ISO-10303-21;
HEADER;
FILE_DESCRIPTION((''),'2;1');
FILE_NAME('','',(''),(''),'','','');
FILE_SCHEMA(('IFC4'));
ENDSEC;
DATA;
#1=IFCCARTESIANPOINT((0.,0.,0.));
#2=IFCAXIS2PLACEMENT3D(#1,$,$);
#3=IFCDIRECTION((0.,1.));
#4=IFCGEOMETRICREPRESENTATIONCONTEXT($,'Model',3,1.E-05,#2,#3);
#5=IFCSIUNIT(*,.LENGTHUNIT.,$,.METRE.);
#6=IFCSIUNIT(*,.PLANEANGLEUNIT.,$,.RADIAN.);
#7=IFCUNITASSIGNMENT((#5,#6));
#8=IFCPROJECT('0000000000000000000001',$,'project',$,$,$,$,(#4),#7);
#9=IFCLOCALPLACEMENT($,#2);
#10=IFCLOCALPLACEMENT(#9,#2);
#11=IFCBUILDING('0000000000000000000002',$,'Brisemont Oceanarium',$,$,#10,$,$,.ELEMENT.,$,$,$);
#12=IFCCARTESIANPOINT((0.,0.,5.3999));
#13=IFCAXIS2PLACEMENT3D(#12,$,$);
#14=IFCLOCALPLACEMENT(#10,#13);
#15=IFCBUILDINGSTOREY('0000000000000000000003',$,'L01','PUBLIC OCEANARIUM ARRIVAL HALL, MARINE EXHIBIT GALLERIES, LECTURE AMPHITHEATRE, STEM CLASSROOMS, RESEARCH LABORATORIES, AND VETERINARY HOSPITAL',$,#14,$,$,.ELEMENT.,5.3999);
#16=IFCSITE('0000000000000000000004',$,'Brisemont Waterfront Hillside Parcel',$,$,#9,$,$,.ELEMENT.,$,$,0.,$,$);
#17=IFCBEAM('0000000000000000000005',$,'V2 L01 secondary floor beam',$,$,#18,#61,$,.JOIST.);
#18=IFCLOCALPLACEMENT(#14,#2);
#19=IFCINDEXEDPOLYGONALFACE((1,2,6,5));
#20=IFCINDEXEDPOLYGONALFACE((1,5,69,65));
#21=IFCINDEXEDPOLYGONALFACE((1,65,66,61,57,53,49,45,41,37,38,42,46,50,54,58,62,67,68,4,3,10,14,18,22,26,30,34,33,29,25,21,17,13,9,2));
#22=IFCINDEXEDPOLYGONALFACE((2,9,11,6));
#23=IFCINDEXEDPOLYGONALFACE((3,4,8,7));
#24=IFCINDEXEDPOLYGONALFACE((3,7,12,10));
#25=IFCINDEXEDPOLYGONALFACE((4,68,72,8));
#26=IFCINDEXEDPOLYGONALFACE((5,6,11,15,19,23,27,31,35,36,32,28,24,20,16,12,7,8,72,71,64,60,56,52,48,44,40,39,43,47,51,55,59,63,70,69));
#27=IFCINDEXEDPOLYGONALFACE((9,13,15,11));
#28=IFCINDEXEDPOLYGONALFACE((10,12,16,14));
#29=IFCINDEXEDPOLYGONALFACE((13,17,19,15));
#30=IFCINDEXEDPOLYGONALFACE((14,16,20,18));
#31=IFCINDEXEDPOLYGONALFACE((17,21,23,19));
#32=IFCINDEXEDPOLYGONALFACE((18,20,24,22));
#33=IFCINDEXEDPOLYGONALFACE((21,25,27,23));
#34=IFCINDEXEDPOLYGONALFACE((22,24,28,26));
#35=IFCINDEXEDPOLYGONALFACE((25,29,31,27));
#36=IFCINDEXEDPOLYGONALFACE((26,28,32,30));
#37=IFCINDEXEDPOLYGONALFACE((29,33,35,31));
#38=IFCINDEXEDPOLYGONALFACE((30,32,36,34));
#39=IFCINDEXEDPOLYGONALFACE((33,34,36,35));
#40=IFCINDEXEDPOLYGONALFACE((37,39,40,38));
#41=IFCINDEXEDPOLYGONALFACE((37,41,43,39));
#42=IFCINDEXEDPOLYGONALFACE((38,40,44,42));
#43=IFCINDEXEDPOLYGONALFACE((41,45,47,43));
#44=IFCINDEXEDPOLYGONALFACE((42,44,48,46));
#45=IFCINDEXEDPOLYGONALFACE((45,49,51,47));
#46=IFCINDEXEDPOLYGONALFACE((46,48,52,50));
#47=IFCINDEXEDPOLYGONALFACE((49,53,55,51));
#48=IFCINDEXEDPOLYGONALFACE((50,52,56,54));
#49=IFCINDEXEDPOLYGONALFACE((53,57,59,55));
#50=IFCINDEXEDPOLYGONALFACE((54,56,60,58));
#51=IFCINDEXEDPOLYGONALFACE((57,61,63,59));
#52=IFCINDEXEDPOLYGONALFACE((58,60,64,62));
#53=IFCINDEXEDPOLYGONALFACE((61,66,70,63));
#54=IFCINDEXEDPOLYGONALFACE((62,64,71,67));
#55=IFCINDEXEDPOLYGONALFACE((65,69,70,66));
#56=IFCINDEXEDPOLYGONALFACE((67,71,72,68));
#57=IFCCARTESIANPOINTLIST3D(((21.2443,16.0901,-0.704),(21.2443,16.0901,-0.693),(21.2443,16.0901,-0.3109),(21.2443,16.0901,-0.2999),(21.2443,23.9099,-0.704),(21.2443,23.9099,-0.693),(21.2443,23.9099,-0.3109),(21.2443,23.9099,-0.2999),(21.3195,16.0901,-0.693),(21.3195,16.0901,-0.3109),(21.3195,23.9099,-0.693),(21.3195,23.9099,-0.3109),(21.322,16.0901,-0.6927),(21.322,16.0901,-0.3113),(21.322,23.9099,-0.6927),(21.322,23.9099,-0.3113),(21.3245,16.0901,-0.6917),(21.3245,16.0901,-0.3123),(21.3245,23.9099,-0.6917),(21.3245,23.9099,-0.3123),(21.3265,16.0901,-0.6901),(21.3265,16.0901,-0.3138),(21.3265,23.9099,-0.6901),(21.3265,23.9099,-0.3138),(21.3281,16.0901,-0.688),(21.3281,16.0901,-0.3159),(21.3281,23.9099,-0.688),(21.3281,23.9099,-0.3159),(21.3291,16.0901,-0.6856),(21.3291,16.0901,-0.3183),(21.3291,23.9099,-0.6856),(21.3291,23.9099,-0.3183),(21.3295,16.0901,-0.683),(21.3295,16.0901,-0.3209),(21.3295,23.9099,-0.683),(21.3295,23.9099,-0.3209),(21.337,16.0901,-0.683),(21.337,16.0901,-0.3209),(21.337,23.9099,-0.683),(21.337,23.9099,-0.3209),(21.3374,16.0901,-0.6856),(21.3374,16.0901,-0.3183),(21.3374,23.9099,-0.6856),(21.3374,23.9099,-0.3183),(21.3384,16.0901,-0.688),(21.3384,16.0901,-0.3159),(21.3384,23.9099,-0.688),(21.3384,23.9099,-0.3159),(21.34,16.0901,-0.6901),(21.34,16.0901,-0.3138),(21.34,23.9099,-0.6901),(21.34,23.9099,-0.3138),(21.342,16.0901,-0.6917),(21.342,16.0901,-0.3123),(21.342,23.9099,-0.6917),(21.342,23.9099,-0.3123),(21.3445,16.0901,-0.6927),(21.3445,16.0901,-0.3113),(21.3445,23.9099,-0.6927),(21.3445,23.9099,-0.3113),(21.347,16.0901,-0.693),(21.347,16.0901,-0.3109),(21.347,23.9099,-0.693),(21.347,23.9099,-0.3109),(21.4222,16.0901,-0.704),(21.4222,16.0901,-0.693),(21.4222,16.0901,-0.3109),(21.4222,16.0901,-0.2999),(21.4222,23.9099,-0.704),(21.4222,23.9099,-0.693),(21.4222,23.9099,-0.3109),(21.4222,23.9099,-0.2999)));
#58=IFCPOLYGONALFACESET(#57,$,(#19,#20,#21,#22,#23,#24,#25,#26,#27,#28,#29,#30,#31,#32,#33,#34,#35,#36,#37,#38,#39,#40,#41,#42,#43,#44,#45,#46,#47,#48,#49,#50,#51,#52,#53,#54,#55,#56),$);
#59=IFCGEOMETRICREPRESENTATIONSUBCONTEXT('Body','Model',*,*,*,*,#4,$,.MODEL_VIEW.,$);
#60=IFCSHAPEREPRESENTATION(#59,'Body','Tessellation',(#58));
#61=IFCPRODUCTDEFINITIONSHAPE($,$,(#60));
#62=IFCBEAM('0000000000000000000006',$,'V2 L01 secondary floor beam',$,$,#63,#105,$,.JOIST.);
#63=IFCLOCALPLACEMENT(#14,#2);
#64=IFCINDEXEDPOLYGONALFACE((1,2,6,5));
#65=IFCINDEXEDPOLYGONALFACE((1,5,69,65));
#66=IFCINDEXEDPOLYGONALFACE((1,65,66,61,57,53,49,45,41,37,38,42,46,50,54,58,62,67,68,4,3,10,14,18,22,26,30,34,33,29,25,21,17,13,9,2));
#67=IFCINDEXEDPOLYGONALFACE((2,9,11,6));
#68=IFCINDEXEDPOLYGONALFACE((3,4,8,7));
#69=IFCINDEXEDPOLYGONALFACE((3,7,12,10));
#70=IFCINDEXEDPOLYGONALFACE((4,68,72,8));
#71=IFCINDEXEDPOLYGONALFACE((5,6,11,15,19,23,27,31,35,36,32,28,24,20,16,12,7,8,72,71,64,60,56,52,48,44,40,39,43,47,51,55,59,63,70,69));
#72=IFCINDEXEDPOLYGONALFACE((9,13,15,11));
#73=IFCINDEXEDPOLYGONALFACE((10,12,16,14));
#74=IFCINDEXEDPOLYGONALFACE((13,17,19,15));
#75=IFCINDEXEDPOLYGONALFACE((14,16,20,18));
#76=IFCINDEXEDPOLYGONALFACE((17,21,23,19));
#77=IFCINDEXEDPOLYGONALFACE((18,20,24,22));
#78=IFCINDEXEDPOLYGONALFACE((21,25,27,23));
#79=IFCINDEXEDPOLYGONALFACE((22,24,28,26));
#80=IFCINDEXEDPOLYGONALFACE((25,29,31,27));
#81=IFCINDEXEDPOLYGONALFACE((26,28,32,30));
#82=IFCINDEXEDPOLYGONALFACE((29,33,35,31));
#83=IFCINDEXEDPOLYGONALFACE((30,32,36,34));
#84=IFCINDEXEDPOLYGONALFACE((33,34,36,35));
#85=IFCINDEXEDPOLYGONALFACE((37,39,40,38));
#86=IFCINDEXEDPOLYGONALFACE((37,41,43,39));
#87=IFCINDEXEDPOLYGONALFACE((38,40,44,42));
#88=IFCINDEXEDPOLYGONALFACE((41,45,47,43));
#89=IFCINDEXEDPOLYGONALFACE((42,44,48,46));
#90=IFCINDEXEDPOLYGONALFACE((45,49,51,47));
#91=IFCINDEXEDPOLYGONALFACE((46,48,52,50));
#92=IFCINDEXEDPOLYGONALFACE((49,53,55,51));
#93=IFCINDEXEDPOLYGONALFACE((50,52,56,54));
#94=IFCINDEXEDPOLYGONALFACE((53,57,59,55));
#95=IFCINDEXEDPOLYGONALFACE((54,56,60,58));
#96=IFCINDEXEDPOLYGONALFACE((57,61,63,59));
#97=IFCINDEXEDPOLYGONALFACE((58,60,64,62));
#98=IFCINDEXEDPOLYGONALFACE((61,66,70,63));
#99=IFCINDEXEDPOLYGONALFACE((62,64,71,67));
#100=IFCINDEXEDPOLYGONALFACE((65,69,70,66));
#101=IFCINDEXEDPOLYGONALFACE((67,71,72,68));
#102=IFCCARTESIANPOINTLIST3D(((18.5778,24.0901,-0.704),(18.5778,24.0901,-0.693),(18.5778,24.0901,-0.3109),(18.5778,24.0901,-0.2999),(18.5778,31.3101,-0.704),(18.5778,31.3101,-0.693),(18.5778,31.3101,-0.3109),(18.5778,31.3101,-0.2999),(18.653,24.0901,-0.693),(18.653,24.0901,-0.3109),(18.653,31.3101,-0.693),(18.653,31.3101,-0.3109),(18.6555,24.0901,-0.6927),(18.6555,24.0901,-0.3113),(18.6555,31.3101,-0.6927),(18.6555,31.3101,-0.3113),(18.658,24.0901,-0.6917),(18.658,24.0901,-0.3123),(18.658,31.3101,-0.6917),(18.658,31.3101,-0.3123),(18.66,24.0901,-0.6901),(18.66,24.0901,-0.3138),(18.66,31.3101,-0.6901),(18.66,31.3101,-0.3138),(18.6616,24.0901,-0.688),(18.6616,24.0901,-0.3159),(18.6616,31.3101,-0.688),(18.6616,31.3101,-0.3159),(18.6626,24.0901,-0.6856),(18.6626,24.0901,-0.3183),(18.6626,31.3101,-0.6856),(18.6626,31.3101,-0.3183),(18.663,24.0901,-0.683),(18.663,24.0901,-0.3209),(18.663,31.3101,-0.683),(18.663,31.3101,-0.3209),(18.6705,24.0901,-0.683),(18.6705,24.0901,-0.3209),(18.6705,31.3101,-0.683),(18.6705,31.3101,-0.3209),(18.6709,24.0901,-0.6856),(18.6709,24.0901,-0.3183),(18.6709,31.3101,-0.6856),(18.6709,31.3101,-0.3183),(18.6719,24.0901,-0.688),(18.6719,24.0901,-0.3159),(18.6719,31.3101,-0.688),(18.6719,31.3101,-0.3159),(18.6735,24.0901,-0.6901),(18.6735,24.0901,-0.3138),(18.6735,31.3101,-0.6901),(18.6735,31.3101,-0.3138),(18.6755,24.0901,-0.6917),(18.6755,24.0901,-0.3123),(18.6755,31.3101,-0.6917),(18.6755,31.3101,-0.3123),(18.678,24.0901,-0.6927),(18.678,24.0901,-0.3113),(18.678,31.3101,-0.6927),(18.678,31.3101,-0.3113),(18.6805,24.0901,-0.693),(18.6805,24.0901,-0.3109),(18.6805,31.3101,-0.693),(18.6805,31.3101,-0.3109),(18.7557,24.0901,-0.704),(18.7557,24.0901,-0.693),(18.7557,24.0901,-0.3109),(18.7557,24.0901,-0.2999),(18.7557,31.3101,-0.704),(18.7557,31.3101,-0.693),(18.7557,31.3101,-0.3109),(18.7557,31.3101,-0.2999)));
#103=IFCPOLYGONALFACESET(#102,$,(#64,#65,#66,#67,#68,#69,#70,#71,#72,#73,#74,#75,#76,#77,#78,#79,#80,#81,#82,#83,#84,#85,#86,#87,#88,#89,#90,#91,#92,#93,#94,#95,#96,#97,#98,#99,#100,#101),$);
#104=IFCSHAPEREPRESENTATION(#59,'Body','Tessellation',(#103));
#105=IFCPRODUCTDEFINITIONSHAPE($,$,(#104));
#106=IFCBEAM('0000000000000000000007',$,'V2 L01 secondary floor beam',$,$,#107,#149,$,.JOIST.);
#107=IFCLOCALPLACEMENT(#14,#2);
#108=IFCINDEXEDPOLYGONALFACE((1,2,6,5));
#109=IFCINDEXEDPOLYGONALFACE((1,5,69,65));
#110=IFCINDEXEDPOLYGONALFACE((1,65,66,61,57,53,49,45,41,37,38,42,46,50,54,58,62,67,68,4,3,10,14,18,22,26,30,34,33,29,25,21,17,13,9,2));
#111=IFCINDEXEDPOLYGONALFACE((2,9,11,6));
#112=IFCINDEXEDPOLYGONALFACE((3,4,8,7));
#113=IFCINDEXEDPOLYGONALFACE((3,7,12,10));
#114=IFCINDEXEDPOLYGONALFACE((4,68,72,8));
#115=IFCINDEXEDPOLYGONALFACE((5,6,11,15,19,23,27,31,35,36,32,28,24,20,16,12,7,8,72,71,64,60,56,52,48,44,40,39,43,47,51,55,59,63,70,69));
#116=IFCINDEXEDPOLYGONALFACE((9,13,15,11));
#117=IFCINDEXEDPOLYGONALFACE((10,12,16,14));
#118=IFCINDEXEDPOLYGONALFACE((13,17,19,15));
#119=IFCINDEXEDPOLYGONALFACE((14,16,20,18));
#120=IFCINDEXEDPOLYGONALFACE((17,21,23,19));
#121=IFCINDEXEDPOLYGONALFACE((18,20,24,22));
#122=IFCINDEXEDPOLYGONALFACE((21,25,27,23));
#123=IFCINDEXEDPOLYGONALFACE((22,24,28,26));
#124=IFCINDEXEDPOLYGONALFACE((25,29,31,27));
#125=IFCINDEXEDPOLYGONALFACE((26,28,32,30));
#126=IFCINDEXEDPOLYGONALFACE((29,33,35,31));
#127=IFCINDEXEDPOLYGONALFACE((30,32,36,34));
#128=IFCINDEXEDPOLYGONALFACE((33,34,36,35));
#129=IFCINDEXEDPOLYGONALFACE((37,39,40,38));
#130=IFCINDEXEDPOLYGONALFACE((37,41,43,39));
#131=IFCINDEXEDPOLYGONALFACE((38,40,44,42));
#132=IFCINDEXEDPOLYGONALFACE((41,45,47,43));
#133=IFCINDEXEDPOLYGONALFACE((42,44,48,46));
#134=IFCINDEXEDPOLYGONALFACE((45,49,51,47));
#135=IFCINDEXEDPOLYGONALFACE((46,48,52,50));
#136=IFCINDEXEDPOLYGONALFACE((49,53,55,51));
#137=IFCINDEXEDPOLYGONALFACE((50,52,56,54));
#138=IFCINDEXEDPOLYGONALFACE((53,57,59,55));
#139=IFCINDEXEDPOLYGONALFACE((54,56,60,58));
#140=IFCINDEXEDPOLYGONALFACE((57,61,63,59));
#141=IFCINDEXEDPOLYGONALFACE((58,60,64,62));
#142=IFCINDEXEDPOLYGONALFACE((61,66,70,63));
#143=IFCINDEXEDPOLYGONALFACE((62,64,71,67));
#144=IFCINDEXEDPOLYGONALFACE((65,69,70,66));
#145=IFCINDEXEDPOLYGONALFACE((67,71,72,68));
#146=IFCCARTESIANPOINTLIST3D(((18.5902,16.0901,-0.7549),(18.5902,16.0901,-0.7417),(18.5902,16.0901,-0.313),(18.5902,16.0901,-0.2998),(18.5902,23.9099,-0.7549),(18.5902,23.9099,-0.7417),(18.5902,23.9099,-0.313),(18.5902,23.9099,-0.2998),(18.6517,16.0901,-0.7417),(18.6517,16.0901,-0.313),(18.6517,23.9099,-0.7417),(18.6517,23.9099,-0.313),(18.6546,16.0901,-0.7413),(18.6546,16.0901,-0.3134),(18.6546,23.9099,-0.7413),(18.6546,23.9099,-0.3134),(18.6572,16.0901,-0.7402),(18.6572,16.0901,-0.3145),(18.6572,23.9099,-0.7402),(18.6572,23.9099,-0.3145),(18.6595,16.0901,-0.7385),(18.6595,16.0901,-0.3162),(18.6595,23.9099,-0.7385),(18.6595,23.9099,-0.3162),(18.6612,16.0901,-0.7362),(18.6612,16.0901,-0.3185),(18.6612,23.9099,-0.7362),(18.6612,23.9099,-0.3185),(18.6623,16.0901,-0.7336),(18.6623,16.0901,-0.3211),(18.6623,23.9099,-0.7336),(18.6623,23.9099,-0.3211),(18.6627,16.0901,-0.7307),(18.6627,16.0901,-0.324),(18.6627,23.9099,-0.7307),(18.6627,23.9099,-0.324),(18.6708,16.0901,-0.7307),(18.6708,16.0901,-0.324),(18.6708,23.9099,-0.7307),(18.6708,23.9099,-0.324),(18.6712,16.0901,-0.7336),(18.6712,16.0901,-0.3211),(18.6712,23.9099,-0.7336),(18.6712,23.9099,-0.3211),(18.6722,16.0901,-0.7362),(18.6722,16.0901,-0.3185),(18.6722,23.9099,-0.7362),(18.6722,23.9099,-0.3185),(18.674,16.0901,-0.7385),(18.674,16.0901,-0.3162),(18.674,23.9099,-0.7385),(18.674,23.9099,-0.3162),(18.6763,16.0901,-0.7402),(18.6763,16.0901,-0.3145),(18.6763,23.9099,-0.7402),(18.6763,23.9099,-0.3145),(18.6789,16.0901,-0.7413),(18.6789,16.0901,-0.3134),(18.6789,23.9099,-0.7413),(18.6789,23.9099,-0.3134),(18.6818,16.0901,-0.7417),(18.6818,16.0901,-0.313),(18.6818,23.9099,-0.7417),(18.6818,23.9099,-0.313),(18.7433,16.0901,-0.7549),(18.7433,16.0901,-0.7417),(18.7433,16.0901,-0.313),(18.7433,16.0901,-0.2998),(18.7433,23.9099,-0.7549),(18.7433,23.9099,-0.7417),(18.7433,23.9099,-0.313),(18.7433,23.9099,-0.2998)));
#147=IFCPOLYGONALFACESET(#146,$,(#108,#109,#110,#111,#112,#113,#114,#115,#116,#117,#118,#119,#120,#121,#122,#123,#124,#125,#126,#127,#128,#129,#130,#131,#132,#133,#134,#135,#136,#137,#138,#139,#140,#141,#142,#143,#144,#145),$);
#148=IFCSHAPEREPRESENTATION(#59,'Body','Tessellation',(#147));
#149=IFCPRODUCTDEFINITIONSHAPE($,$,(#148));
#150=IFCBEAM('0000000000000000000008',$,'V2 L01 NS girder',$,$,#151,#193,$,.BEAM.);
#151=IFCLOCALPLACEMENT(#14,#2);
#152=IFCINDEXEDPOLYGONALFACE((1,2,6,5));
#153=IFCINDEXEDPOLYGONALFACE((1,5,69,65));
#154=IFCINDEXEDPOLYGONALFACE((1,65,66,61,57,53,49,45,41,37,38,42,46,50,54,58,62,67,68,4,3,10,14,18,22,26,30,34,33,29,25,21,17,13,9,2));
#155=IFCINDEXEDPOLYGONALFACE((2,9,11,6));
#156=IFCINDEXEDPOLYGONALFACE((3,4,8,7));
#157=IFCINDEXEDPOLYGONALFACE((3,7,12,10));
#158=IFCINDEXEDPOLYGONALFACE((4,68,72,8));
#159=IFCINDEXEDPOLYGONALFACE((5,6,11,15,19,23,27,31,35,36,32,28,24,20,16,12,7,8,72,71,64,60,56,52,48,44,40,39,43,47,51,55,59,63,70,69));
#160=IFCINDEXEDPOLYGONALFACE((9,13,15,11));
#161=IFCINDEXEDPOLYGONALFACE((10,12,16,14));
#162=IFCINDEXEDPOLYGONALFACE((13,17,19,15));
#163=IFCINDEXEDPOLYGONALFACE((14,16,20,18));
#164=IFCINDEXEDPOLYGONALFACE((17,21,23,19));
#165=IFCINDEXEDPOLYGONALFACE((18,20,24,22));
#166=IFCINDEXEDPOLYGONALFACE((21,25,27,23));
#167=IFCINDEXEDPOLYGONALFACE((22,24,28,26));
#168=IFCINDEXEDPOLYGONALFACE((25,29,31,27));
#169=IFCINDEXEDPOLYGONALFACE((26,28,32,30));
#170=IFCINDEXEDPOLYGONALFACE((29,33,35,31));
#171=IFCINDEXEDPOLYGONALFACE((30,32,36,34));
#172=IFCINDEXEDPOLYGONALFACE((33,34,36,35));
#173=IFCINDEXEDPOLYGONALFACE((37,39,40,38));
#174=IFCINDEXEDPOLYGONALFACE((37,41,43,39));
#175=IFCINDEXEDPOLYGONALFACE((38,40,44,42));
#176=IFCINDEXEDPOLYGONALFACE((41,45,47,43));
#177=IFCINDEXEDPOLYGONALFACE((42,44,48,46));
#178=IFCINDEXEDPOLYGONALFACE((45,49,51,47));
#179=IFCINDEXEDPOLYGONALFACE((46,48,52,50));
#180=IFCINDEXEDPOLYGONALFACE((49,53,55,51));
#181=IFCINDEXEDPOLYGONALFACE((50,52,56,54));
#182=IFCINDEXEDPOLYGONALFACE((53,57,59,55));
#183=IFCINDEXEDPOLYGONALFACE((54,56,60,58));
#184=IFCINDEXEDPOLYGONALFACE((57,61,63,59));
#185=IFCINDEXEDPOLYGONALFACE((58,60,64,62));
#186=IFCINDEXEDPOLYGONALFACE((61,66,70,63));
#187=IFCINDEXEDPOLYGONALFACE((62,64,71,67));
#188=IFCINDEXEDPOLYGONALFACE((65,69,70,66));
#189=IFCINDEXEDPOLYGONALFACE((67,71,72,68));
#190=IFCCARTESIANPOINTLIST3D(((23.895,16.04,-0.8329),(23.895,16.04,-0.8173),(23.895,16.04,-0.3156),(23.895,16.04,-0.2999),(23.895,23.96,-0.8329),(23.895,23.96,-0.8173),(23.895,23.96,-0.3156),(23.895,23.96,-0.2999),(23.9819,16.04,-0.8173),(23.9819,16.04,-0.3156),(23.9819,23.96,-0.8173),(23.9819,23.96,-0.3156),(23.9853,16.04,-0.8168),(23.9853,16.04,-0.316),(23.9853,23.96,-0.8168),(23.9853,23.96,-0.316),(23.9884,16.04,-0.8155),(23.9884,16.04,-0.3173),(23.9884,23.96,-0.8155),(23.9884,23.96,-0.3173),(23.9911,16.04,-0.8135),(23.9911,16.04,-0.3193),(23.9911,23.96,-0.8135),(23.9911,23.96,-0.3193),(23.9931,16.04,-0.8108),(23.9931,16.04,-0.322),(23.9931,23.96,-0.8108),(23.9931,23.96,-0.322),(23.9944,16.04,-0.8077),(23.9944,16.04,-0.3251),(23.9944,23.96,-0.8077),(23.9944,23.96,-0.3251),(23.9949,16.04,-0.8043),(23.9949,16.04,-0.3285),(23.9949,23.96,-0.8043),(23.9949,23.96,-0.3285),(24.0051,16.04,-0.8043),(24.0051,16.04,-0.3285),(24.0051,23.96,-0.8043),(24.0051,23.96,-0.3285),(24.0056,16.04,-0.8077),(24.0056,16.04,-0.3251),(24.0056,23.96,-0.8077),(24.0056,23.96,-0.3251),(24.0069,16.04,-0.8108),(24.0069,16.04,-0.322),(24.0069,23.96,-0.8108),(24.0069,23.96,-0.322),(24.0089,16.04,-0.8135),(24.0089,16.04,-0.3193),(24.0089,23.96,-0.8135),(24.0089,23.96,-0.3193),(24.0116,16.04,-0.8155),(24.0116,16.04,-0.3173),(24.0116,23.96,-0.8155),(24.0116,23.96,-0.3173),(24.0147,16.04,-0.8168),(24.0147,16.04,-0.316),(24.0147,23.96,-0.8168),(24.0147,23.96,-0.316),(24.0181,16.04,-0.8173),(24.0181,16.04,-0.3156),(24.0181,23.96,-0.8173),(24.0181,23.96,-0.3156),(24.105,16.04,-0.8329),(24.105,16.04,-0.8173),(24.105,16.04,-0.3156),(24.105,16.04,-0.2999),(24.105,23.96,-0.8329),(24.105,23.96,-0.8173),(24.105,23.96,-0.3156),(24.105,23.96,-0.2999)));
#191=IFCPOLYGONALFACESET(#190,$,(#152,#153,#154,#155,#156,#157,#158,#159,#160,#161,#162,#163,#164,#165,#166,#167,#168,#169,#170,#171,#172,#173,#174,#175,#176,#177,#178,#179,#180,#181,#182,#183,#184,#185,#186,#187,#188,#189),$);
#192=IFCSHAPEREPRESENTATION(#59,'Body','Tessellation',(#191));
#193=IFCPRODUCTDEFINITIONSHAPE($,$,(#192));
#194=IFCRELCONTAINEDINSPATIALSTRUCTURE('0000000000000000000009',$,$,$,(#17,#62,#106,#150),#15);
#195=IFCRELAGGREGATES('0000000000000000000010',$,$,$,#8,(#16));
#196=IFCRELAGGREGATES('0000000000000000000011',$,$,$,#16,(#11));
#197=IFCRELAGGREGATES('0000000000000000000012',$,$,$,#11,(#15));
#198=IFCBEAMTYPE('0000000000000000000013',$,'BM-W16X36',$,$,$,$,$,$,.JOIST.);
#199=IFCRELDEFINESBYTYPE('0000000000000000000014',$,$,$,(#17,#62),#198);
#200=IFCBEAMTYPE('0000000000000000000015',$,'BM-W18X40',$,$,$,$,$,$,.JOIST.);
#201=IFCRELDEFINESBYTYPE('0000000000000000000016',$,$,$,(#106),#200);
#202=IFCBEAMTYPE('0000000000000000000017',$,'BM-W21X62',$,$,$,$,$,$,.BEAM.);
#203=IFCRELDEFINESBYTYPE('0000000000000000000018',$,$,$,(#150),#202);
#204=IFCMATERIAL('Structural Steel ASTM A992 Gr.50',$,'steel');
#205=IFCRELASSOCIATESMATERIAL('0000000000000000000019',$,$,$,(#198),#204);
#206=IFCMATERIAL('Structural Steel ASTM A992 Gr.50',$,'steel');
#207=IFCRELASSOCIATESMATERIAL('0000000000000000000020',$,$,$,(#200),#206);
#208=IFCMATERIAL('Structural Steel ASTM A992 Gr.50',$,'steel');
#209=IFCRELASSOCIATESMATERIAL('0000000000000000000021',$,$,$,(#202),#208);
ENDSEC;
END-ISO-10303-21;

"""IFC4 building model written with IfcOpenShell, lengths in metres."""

from ifc_helpers import new_model, si_unit, direction, frame, origin, origin_2d, place, context, subcontext, project, spatial, i_section, extrude, material, material_profile, profile_set, type_object, element, save


model = new_model("IFC4")

# Units and contexts
model_context = context("Model", 3, precision=1e-05, world=origin(), true_north=direction((0.0, 1.0)))
body_context = subcontext(model_context, "Body", "Model", "MODEL_VIEW")
ifc_project = project(units=[si_unit("LENGTHUNIT", "METRE"), si_unit("PLANEANGLEUNIT", "RADIAN")], contexts=[model_context])

# Site, building, storey
site_placement = place(None, origin())
site = spatial("IfcSite", under=ifc_project, at=site_placement, Name="Brisemont Waterfront Hillside Parcel", CompositionType="ELEMENT", RefElevation=0.0)
building_placement = place(site_placement, origin())
building = spatial("IfcBuilding", under=site, at=building_placement, Name="Brisemont Oceanarium", CompositionType="ELEMENT")
storey_placement = place(building_placement, frame((0.0, 0.0, 5.3999)))
storey = spatial("IfcBuildingStorey", under=building, at=storey_placement, Name="L01", Description="PUBLIC OCEANARIUM ARRIVAL HALL, MARINE EXHIBIT GALLERIES, LECTURE AMPHITHEATRE, STEM CLASSROOMS, RESEARCH LABORATORIES, AND VETERINARY HOSPITAL", CompositionType="ELEMENT", Elevation=5.3999)

# Beams
ifc_material_1 = material(Name="Structural Steel ASTM A992 Gr.50", Category="steel")
ifc_material_profile_1 = material_profile(ifc_material_1, i_section(OverallWidth=0.178, OverallDepth=0.4041, WebThickness=0.0076, FlangeThickness=0.011, FilletRadius=0.01, at=origin_2d()), Name="W16X36")
ifc_profile_set_1 = profile_set([ifc_material_profile_1], Name="Structural Steel ASTM A992 Gr.50")
beam_type_1 = type_object("IfcBeamType", Name="BM-W16X36", PredefinedType="JOIST", material=ifc_profile_set_1)
beam_1_placement = place(storey_placement, frame((21.3333, 16.0901, -0.502), z_axis=(0.0, 1.0, 0.0), x_axis=(-1.0, 0.0, 0.0)))
element("IfcBeam", 1, at=beam_1_placement, inside=storey, type_object=beam_type_1, Name="V2 L01 secondary floor beam", PredefinedType="JOIST", context=body_context, shape_type="SweptSolid", body=[
    extrude(i_section(OverallWidth=0.178, OverallDepth=0.4041, WebThickness=0.0076, FlangeThickness=0.011, FilletRadius=0.01, at=origin_2d()), origin(), (0.0, 0.0, 1.0), 7.8198),
])
beam_2_placement = place(storey_placement, frame((18.6667, 24.0901, -0.502), z_axis=(0.0, 1.0, 0.0), x_axis=(-1.0, 0.0, 0.0)))
element("IfcBeam", 2, at=beam_2_placement, inside=storey, type_object=beam_type_1, Name="V2 L01 secondary floor beam", PredefinedType="JOIST", context=body_context, shape_type="SweptSolid", body=[
    extrude(i_section(OverallWidth=0.178, OverallDepth=0.4041, WebThickness=0.0076, FlangeThickness=0.011, FilletRadius=0.01, at=origin_2d()), origin(), (0.0, 0.0, 1.0), 7.22),
])
ifc_material_2 = material(Name="Structural Steel ASTM A992 Gr.50", Category="steel")
ifc_material_profile_2 = material_profile(ifc_material_2, i_section(OverallWidth=0.1531, OverallDepth=0.4551, WebThickness=0.0081, FlangeThickness=0.0132, FilletRadius=0.011, at=origin_2d()), Name="W18X40")
ifc_profile_set_2 = profile_set([ifc_material_profile_2], Name="Structural Steel ASTM A992 Gr.50")
beam_type_2 = type_object("IfcBeamType", Name="BM-W18X40", PredefinedType="JOIST", material=ifc_profile_set_2)
beam_3_placement = place(storey_placement, frame((18.6667, 16.0901, -0.5273), z_axis=(0.0, 1.0, 0.0), x_axis=(-1.0, 0.0, 0.0)))
element("IfcBeam", 3, at=beam_3_placement, inside=storey, type_object=beam_type_2, Name="V2 L01 secondary floor beam", PredefinedType="JOIST", context=body_context, shape_type="SweptSolid", body=[
    extrude(i_section(OverallWidth=0.1531, OverallDepth=0.4551, WebThickness=0.0081, FlangeThickness=0.0132, FilletRadius=0.011, at=origin_2d()), origin(), (0.0, 0.0, 1.0), 7.8198),
])
ifc_material_3 = material(Name="Structural Steel ASTM A992 Gr.50", Category="steel")
ifc_material_profile_3 = material_profile(ifc_material_3, i_section(OverallWidth=0.21, OverallDepth=0.533, WebThickness=0.0103, FlangeThickness=0.0156, FilletRadius=0.0129, at=origin_2d()), Name="W21X62")
ifc_profile_set_3 = profile_set([ifc_material_profile_3], Name="Structural Steel ASTM A992 Gr.50")
beam_type_3 = type_object("IfcBeamType", Name="BM-W21X62", PredefinedType="BEAM", material=ifc_profile_set_3)
beam_4_placement = place(storey_placement, frame((24.0, 16.04, -0.5664), z_axis=(0.0, 1.0, 0.0), x_axis=(-1.0, 0.0, 0.0)))
element("IfcBeam", 4, at=beam_4_placement, inside=storey, type_object=beam_type_3, Name="V2 L01 NS girder", PredefinedType="BEAM", context=body_context, shape_type="SweptSolid", body=[
    extrude(i_section(OverallWidth=0.21, OverallDepth=0.533, WebThickness=0.0103, FlangeThickness=0.0156, FilletRadius=0.0129, at=origin_2d()), origin(), (0.0, 0.0, 1.0), 7.9199),
])

save(model, "model.ifc")
